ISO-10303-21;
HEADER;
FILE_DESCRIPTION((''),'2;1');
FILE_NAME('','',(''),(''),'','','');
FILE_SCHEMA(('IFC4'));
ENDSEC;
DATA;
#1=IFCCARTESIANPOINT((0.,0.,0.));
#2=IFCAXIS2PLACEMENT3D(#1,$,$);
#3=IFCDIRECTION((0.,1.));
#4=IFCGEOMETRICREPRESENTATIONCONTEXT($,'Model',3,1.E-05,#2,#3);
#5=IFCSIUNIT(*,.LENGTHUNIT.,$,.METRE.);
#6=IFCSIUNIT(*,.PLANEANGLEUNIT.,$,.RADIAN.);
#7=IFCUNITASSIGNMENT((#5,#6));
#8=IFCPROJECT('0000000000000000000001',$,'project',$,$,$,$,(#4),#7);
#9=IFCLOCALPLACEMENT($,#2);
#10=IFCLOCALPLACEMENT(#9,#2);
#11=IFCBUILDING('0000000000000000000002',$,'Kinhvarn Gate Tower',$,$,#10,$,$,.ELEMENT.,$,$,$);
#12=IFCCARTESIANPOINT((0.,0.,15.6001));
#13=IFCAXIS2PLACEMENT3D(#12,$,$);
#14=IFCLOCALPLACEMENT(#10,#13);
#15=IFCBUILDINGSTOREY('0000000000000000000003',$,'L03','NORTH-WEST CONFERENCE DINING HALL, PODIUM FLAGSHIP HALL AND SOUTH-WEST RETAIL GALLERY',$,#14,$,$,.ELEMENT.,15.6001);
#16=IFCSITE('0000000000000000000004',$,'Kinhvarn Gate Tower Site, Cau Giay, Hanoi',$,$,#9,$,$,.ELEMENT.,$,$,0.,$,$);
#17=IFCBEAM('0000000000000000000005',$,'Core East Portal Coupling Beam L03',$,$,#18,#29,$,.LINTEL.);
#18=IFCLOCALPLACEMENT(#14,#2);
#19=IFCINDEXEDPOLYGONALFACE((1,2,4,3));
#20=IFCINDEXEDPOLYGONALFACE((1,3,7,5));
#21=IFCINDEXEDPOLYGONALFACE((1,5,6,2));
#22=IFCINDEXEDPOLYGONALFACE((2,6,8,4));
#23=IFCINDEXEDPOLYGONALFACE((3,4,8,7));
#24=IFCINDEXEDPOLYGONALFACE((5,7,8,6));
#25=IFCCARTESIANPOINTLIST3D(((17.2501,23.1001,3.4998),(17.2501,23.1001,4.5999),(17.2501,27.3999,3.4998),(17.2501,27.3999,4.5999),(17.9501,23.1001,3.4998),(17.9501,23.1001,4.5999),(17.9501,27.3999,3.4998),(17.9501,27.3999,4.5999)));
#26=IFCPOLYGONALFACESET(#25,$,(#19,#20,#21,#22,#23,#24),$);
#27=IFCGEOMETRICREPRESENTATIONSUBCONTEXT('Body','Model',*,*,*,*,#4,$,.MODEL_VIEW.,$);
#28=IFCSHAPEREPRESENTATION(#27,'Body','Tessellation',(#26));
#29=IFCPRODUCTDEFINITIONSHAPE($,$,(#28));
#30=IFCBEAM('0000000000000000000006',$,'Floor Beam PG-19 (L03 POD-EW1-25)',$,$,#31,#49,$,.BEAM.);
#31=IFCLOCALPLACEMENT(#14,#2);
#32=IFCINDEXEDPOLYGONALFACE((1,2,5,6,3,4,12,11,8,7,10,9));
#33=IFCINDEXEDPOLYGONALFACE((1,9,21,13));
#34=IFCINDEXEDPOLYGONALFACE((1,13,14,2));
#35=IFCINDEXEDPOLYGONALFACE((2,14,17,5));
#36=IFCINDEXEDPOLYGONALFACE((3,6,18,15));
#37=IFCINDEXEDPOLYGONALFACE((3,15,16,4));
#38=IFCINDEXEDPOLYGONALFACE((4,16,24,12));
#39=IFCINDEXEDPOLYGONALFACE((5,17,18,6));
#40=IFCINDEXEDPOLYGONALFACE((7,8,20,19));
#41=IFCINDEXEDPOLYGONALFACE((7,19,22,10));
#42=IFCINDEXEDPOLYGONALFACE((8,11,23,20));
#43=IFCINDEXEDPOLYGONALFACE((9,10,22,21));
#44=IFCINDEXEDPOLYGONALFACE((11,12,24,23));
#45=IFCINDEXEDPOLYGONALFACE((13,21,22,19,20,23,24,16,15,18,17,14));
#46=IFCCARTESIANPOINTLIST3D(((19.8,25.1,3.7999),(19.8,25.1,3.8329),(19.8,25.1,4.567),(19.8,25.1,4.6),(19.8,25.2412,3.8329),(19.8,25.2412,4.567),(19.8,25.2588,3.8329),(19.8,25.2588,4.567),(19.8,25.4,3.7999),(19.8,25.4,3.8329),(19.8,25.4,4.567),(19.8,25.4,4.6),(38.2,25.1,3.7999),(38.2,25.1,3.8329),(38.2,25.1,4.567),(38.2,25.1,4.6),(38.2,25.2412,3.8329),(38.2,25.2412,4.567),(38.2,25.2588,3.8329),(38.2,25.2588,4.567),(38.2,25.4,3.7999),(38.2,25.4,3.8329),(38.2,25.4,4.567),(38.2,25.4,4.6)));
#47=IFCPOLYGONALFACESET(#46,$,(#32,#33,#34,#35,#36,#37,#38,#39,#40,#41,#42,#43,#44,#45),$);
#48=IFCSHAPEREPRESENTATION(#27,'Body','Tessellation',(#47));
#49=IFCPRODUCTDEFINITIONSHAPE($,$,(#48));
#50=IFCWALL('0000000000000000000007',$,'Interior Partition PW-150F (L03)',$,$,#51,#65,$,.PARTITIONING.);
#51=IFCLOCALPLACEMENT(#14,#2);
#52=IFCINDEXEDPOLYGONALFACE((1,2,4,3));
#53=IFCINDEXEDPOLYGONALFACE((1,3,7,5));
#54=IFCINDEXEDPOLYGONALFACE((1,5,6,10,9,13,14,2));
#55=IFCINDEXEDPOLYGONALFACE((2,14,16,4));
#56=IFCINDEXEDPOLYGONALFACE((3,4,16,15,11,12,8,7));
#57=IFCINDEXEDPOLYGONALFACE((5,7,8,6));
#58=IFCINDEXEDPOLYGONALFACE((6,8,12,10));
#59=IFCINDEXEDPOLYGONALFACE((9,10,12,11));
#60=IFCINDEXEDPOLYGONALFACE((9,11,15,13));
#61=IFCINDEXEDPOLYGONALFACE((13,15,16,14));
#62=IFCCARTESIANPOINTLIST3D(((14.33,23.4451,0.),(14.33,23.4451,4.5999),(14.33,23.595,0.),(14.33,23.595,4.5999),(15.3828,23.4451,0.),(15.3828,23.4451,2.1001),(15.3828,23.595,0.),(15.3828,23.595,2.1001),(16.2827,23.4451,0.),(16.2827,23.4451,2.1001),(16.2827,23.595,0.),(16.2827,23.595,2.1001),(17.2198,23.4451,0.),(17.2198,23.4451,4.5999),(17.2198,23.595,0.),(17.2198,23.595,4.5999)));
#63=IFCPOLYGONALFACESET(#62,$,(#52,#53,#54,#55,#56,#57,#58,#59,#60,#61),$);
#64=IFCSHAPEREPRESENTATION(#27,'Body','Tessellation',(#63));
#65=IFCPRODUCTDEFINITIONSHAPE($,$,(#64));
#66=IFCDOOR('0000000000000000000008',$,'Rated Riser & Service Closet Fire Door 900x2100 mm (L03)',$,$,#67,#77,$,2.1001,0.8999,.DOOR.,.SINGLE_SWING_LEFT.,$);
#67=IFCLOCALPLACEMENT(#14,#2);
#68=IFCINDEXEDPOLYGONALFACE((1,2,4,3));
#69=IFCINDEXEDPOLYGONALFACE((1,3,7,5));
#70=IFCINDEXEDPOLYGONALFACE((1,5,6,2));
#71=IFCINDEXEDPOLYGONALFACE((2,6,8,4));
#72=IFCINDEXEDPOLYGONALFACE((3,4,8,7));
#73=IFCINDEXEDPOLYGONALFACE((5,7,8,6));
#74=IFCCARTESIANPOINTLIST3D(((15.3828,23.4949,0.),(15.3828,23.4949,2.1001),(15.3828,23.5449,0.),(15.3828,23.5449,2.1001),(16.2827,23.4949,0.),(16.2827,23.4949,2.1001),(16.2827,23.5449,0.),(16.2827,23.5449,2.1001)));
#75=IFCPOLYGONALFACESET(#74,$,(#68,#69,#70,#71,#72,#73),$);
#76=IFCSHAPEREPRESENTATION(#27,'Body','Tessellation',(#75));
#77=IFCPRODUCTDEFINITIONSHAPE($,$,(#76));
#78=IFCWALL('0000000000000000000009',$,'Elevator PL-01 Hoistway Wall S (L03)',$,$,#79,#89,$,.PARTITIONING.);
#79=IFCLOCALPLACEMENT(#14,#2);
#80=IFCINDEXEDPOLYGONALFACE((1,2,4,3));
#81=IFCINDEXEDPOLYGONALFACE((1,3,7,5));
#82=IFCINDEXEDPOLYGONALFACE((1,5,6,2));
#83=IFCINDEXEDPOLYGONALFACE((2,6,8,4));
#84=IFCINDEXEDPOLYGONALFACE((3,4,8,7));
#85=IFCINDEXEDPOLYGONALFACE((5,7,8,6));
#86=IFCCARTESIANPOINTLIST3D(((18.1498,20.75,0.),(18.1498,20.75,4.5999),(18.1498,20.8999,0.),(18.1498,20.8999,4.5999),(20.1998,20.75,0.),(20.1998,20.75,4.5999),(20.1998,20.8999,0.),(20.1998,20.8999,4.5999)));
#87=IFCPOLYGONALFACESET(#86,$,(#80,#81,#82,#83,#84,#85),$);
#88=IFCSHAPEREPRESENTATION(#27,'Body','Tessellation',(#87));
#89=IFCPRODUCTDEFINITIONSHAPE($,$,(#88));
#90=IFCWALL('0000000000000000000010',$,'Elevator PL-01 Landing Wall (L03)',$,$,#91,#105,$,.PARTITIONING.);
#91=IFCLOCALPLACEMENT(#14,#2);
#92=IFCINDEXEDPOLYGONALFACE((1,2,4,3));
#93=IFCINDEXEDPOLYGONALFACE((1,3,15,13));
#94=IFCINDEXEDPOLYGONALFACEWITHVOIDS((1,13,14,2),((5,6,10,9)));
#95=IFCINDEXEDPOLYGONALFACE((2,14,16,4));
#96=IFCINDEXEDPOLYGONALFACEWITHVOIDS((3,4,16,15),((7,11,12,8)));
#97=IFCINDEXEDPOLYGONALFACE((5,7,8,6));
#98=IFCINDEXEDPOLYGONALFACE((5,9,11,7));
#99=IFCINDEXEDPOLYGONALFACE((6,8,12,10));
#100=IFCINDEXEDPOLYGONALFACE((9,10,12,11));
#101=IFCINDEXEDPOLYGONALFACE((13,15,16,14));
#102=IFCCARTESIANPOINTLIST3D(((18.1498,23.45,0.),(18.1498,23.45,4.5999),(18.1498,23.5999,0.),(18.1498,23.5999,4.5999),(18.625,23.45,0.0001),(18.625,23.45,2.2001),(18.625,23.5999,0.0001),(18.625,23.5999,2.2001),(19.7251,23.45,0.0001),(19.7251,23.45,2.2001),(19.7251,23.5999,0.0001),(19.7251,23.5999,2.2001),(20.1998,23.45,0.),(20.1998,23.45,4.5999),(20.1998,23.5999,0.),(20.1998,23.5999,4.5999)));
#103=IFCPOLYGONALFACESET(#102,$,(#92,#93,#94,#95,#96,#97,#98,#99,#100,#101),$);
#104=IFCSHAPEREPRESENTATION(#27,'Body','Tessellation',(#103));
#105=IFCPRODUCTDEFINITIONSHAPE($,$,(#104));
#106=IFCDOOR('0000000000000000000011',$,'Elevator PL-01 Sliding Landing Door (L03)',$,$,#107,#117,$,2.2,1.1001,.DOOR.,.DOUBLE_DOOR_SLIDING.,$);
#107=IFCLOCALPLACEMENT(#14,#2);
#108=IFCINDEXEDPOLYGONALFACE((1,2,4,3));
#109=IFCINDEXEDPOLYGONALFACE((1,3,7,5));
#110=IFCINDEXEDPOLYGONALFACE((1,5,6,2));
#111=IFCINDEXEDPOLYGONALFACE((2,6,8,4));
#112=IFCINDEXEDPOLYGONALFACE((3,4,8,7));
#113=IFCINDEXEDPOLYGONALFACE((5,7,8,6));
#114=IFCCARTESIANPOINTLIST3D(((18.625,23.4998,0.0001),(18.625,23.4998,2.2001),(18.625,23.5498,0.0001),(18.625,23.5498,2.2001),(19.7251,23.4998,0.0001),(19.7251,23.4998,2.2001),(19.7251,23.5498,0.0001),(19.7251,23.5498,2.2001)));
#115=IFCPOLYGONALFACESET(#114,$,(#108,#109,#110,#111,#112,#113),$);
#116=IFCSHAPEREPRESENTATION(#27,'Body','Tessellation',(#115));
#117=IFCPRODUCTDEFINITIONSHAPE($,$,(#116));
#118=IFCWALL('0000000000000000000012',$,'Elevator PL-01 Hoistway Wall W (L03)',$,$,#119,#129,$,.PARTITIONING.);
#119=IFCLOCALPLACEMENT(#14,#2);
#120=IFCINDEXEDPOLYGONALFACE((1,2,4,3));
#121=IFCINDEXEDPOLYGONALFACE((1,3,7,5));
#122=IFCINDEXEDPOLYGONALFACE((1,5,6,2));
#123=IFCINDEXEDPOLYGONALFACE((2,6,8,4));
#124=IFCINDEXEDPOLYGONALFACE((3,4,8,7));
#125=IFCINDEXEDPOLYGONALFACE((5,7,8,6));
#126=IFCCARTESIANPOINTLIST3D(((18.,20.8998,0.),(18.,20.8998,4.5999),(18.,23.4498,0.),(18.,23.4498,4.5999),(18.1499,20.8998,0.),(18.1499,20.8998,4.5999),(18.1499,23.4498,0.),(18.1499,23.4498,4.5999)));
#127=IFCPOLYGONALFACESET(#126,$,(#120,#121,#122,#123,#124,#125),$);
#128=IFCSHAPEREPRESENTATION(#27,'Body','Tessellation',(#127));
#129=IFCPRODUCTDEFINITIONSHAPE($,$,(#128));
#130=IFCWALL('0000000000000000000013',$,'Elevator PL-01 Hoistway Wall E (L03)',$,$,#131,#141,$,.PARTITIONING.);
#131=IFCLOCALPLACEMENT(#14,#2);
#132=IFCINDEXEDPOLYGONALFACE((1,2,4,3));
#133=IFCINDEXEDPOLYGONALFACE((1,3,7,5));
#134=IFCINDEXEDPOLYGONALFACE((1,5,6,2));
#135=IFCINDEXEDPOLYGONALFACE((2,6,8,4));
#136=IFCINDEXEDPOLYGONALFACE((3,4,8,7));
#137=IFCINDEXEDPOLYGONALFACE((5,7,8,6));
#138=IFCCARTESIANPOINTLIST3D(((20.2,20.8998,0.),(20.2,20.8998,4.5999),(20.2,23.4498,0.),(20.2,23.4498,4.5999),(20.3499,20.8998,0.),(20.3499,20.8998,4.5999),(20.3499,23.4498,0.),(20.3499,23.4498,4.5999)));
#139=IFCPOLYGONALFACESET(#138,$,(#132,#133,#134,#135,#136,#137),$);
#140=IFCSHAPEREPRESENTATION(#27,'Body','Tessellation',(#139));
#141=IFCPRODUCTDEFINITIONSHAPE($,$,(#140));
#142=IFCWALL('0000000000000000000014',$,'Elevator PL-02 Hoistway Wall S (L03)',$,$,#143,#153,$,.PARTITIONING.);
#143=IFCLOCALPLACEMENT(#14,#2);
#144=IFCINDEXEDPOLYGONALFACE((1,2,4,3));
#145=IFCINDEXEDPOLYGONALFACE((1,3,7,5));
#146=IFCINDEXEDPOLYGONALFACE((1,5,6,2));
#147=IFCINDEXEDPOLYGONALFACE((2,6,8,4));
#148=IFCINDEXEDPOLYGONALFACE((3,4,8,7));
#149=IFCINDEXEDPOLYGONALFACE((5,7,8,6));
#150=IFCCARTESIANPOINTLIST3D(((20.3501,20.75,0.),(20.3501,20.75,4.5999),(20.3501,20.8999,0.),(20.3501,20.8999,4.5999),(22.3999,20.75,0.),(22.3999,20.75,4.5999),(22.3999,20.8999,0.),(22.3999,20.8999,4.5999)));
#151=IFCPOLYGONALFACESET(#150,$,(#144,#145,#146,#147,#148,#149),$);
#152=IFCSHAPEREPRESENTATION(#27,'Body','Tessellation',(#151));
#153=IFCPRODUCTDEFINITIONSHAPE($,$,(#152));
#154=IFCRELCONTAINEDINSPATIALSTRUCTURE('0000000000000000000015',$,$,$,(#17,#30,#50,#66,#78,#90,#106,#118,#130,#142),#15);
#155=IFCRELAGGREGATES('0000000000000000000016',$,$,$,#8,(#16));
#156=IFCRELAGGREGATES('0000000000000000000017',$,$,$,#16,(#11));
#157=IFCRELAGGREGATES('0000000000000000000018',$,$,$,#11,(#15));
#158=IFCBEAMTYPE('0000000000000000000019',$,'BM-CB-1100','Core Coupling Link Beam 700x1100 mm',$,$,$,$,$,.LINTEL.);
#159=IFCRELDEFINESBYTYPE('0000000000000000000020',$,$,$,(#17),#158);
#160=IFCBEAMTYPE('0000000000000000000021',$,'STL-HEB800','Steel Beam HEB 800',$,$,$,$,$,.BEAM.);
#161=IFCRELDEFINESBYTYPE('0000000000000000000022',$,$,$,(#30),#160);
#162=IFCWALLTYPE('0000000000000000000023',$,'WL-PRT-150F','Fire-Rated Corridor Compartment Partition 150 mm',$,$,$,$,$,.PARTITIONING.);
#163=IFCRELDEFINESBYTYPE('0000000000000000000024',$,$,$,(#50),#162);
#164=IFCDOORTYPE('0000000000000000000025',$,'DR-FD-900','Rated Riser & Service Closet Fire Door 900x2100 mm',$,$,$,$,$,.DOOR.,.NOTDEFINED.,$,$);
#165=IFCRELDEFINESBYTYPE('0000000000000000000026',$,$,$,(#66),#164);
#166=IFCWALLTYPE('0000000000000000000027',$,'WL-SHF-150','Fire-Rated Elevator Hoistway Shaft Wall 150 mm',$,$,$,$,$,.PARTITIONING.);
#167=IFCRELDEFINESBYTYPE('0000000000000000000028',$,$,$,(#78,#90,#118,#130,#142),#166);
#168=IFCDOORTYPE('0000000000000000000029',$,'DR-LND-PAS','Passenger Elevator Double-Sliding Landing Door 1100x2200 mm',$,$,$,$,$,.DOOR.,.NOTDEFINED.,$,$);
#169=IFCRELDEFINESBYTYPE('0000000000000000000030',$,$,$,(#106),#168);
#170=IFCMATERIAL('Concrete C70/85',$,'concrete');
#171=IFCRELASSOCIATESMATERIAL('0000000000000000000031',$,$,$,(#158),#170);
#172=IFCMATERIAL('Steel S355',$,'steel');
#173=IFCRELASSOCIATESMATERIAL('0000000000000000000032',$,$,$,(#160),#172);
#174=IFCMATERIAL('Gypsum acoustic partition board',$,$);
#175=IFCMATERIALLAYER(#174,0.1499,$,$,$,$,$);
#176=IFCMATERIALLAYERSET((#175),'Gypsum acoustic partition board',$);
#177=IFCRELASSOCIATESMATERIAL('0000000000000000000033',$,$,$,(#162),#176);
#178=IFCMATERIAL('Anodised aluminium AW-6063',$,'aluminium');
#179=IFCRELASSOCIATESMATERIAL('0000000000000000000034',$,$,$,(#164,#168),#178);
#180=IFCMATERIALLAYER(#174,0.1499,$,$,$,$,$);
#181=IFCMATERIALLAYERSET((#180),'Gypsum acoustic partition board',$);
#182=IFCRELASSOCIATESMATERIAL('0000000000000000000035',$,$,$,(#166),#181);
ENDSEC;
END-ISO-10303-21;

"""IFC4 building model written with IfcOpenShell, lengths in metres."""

from ifc_helpers import new_model, si_unit, direction, frame, frame_2d, origin, origin_2d, place, context, subcontext, project, spatial, rectangle, i_section, extrude, material, layer, layer_set, material_profile, profile_set, type_object, element, fill, save


model = new_model("IFC4")

# Units and contexts
model_context = context("Model", 3, precision=1e-05, world=origin(), true_north=direction((0.0, 1.0)))
body_context = subcontext(model_context, "Body", "Model", "MODEL_VIEW")
ifc_project = project(units=[si_unit("LENGTHUNIT", "METRE"), si_unit("PLANEANGLEUNIT", "RADIAN")], contexts=[model_context])

# Site, building, storey
site_placement = place(None, origin())
site = spatial("IfcSite", under=ifc_project, at=site_placement, Name="Kinhvarn Gate Tower Site, Cau Giay, Hanoi", CompositionType="ELEMENT", RefElevation=0.0)
building_placement = place(site_placement, origin())
building = spatial("IfcBuilding", under=site, at=building_placement, Name="Kinhvarn Gate Tower", CompositionType="ELEMENT")
storey_placement = place(building_placement, frame((0.0, 0.0, 15.6001)))
storey = spatial("IfcBuildingStorey", under=building, at=storey_placement, Name="L03", Description="NORTH-WEST CONFERENCE DINING HALL, PODIUM FLAGSHIP HALL AND SOUTH-WEST RETAIL GALLERY", CompositionType="ELEMENT", Elevation=15.6001)

# Beams
ifc_material_1 = material(Name="Concrete C70/85", Category="concrete")
ifc_material_profile_1 = material_profile(ifc_material_1, rectangle(XDim=0.7, YDim=1.1001, at=origin_2d()), Name="RC 700x1100")
ifc_profile_set_1 = profile_set([ifc_material_profile_1], Name="Concrete C70/85")
beam_type_1 = type_object("IfcBeamType", Name="BM-CB-1100", Description="Core Coupling Link Beam 700x1100 mm", PredefinedType="LINTEL", material=ifc_profile_set_1)
beam_1_placement = place(storey_placement, frame((17.6001, 23.1001, 4.0498), z_axis=(0.0, 1.0, 0.0), x_axis=(-1.0, 0.0, 0.0)))
element("IfcBeam", 1, at=beam_1_placement, inside=storey, type_object=beam_type_1, Name="Core East Portal Coupling Beam L03", PredefinedType="LINTEL", context=body_context, shape_type="SweptSolid", body=[
    extrude(rectangle(XDim=0.7, YDim=1.1001, at=origin_2d()), origin(), (0.0, 0.0, 1.0), 4.2998),
])
ifc_material_2 = material(Name="Steel S355", Category="steel")
ifc_material_profile_2 = material_profile(ifc_material_2, i_section(OverallWidth=0.3, OverallDepth=0.8, WebThickness=0.0176, FlangeThickness=0.033, at=origin_2d()), Name="HEB 800")
ifc_profile_set_2 = profile_set([ifc_material_profile_2], Name="Steel S355")
beam_type_2 = type_object("IfcBeamType", Name="STL-HEB800", Description="Steel Beam HEB 800", PredefinedType="BEAM", material=ifc_profile_set_2)
beam_2_placement = place(storey_placement, frame((19.8, 25.25, 4.2), z_axis=(1.0, 0.0, 0.0), x_axis=(0.0, 1.0, 0.0)))
element("IfcBeam", 2, at=beam_2_placement, inside=storey, type_object=beam_type_2, Name="Floor Beam PG-19 (L03 POD-EW1-25)", PredefinedType="BEAM", context=body_context, shape_type="SweptSolid", body=[
    extrude(i_section(OverallWidth=0.3, OverallDepth=0.8, WebThickness=0.0176, FlangeThickness=0.033, at=origin_2d()), origin(), (0.0, 0.0, 1.0), 18.3999),
])

# Wall, opening, door
ifc_material_3 = material(Name="Gypsum acoustic partition board")
ifc_layer_1 = layer(ifc_material_3, 0.1499)
ifc_layer_set_1 = layer_set([ifc_layer_1], Name="Gypsum acoustic partition board")
wall_type_1 = type_object("IfcWallType", Name="WL-PRT-150F", Description="Fire-Rated Corridor Compartment Partition 150 mm", PredefinedType="PARTITIONING", material=ifc_layer_set_1)
wall_1_placement = place(storey_placement, frame((14.3301, 23.52, 0.0), z_axis=(0.0, 0.0, 1.0), x_axis=(1.0, 0.0, 0.0)))
wall_1 = element("IfcWall", 3, at=wall_1_placement, inside=storey, type_object=wall_type_1, Name="Interior Partition PW-150F (L03)", PredefinedType="PARTITIONING", context=body_context, shape_type="SweptSolid", body=[
    extrude(rectangle(XDim=2.8899, YDim=0.1499, at=frame_2d((1.4448, 0.0))), origin(), (0.0, 0.0, 1.0), 4.5999),
])
opening_1_placement = place(wall_1_placement, frame((1.0527, 0.0, 0.0)))
opening_1 = element("IfcOpeningElement", 4, at=opening_1_placement, cuts=wall_1, PredefinedType="OPENING", context=body_context, shape_type="SweptSolid", body=[
    extrude(rectangle(XDim=0.8999, YDim=2.1001, at=frame_2d((0.45, 1.05))), frame((0.0, 0.085, 0.0), z_axis=(0.0, -1.0, 0.0), x_axis=(1.0, 0.0, 0.0)), (0.0, 0.0, 1.0), 0.1699),
])
ifc_material_4 = material(Name="Anodised aluminium AW-6063", Category="aluminium")
door_type_1 = type_object("IfcDoorType", Name="DR-FD-900", Description="Rated Riser & Service Closet Fire Door 900x2100 mm", OperationType="NOTDEFINED", PredefinedType="DOOR", material=ifc_material_4)
door_1_placement = place(opening_1_placement, origin())
door_1 = element("IfcDoor", 5, at=door_1_placement, inside=storey, type_object=door_type_1, Name="Rated Riser & Service Closet Fire Door 900x2100 mm (L03)", OperationType="SINGLE_SWING_LEFT", OverallHeight=2.1001, OverallWidth=0.8999, PredefinedType="DOOR", context=body_context, shape_type="SweptSolid", body=[
    extrude(rectangle(XDim=0.8999, YDim=2.1001, at=frame_2d((0.45, 1.05))), frame((0.0, 0.0249, 0.0), z_axis=(0.0, -1.0, 0.0), x_axis=(1.0, 0.0, 0.0)), (0.0, 0.0, 1.0), 0.05),
])
fill(opening_1, door_1)

# Wall
ifc_layer_2 = layer(ifc_material_3, 0.1499)
ifc_layer_set_2 = layer_set([ifc_layer_2], Name="Gypsum acoustic partition board")
wall_type_2 = type_object("IfcWallType", Name="WL-SHF-150", Description="Fire-Rated Elevator Hoistway Shaft Wall 150 mm", PredefinedType="PARTITIONING", material=ifc_layer_set_2)
wall_2_placement = place(storey_placement, frame((18.1499, 20.825, 0.0), z_axis=(0.0, 0.0, 1.0), x_axis=(1.0, 0.0, 0.0)))
element("IfcWall", 6, at=wall_2_placement, inside=storey, type_object=wall_type_2, Name="Elevator PL-01 Hoistway Wall S (L03)", PredefinedType="PARTITIONING", context=body_context, shape_type="SweptSolid", body=[
    extrude(rectangle(XDim=2.05, YDim=0.1499, at=frame_2d((1.0249, 0.0))), origin(), (0.0, 0.0, 1.0), 4.5999),
])

# Wall, opening, door
wall_3_placement = place(storey_placement, frame((18.1499, 23.5249, 0.0), z_axis=(0.0, 0.0, 1.0), x_axis=(1.0, 0.0, 0.0)))
wall_3 = element("IfcWall", 7, at=wall_3_placement, inside=storey, type_object=wall_type_2, Name="Elevator PL-01 Landing Wall (L03)", PredefinedType="PARTITIONING", context=body_context, shape_type="SweptSolid", body=[
    extrude(rectangle(XDim=2.05, YDim=0.1499, at=frame_2d((1.0249, 0.0))), origin(), (0.0, 0.0, 1.0), 4.5999),
])
opening_2_placement = place(wall_3_placement, frame((0.4751, 0.0, 0.0)))
opening_2 = element("IfcOpeningElement", 8, at=opening_2_placement, cuts=wall_3, PredefinedType="OPENING", context=body_context, shape_type="SweptSolid", body=[
    extrude(rectangle(XDim=1.1001, YDim=2.2, at=frame_2d((0.55, 1.1001))), frame((0.0, 0.085, 0.0), z_axis=(0.0, -1.0, 0.0), x_axis=(1.0, 0.0, 0.0)), (0.0, 0.0, 1.0), 0.1699),
])
door_type_2 = type_object("IfcDoorType", Name="DR-LND-PAS", Description="Passenger Elevator Double-Sliding Landing Door 1100x2200 mm", OperationType="NOTDEFINED", PredefinedType="DOOR", material=ifc_material_4)
door_2_placement = place(opening_2_placement, origin())
door_2 = element("IfcDoor", 9, at=door_2_placement, inside=storey, type_object=door_type_2, Name="Elevator PL-01 Sliding Landing Door (L03)", OperationType="DOUBLE_DOOR_SLIDING", OverallHeight=2.2, OverallWidth=1.1001, PredefinedType="DOOR", context=body_context, shape_type="SweptSolid", body=[
    extrude(rectangle(XDim=1.1001, YDim=2.2, at=frame_2d((0.55, 1.1001))), frame((0.0, 0.0249, 0.0), z_axis=(0.0, -1.0, 0.0), x_axis=(1.0, 0.0, 0.0)), (0.0, 0.0, 1.0), 0.05),
])
fill(opening_2, door_2)

# Walls
for number, where, z_axis, x_axis, name in (
    (10, (18.075, 20.8999, 0.0), (0.0, 0.0, 1.0), (0.0, 1.0, 0.0), "Elevator PL-01 Hoistway Wall W (L03)"),
    (11, (20.2749, 20.8999, 0.0), (0.0, 0.0, 1.0), (0.0, 1.0, 0.0), "Elevator PL-01 Hoistway Wall E (L03)"),
):
    element("IfcWall", number, at=place(storey_placement, frame(where, z_axis=z_axis, x_axis=x_axis)), inside=storey, type_object=wall_type_2, Name=name, PredefinedType="PARTITIONING", context=body_context, shape_type="SweptSolid", body=[
        extrude(rectangle(XDim=2.55, YDim=0.1499, at=frame_2d((1.2749, 0.0))), origin(), (0.0, 0.0, 1.0), 4.5999),
    ])
wall_4_placement = place(storey_placement, frame((20.3501, 20.825, 0.0), z_axis=(0.0, 0.0, 1.0), x_axis=(1.0, 0.0, 0.0)))
element("IfcWall", 12, at=wall_4_placement, inside=storey, type_object=wall_type_2, Name="Elevator PL-02 Hoistway Wall S (L03)", PredefinedType="PARTITIONING", context=body_context, shape_type="SweptSolid", body=[
    extrude(rectangle(XDim=2.0498, YDim=0.1499, at=frame_2d((1.0249, 0.0))), origin(), (0.0, 0.0, 1.0), 4.5999),
])

save(model, "model.ifc")
